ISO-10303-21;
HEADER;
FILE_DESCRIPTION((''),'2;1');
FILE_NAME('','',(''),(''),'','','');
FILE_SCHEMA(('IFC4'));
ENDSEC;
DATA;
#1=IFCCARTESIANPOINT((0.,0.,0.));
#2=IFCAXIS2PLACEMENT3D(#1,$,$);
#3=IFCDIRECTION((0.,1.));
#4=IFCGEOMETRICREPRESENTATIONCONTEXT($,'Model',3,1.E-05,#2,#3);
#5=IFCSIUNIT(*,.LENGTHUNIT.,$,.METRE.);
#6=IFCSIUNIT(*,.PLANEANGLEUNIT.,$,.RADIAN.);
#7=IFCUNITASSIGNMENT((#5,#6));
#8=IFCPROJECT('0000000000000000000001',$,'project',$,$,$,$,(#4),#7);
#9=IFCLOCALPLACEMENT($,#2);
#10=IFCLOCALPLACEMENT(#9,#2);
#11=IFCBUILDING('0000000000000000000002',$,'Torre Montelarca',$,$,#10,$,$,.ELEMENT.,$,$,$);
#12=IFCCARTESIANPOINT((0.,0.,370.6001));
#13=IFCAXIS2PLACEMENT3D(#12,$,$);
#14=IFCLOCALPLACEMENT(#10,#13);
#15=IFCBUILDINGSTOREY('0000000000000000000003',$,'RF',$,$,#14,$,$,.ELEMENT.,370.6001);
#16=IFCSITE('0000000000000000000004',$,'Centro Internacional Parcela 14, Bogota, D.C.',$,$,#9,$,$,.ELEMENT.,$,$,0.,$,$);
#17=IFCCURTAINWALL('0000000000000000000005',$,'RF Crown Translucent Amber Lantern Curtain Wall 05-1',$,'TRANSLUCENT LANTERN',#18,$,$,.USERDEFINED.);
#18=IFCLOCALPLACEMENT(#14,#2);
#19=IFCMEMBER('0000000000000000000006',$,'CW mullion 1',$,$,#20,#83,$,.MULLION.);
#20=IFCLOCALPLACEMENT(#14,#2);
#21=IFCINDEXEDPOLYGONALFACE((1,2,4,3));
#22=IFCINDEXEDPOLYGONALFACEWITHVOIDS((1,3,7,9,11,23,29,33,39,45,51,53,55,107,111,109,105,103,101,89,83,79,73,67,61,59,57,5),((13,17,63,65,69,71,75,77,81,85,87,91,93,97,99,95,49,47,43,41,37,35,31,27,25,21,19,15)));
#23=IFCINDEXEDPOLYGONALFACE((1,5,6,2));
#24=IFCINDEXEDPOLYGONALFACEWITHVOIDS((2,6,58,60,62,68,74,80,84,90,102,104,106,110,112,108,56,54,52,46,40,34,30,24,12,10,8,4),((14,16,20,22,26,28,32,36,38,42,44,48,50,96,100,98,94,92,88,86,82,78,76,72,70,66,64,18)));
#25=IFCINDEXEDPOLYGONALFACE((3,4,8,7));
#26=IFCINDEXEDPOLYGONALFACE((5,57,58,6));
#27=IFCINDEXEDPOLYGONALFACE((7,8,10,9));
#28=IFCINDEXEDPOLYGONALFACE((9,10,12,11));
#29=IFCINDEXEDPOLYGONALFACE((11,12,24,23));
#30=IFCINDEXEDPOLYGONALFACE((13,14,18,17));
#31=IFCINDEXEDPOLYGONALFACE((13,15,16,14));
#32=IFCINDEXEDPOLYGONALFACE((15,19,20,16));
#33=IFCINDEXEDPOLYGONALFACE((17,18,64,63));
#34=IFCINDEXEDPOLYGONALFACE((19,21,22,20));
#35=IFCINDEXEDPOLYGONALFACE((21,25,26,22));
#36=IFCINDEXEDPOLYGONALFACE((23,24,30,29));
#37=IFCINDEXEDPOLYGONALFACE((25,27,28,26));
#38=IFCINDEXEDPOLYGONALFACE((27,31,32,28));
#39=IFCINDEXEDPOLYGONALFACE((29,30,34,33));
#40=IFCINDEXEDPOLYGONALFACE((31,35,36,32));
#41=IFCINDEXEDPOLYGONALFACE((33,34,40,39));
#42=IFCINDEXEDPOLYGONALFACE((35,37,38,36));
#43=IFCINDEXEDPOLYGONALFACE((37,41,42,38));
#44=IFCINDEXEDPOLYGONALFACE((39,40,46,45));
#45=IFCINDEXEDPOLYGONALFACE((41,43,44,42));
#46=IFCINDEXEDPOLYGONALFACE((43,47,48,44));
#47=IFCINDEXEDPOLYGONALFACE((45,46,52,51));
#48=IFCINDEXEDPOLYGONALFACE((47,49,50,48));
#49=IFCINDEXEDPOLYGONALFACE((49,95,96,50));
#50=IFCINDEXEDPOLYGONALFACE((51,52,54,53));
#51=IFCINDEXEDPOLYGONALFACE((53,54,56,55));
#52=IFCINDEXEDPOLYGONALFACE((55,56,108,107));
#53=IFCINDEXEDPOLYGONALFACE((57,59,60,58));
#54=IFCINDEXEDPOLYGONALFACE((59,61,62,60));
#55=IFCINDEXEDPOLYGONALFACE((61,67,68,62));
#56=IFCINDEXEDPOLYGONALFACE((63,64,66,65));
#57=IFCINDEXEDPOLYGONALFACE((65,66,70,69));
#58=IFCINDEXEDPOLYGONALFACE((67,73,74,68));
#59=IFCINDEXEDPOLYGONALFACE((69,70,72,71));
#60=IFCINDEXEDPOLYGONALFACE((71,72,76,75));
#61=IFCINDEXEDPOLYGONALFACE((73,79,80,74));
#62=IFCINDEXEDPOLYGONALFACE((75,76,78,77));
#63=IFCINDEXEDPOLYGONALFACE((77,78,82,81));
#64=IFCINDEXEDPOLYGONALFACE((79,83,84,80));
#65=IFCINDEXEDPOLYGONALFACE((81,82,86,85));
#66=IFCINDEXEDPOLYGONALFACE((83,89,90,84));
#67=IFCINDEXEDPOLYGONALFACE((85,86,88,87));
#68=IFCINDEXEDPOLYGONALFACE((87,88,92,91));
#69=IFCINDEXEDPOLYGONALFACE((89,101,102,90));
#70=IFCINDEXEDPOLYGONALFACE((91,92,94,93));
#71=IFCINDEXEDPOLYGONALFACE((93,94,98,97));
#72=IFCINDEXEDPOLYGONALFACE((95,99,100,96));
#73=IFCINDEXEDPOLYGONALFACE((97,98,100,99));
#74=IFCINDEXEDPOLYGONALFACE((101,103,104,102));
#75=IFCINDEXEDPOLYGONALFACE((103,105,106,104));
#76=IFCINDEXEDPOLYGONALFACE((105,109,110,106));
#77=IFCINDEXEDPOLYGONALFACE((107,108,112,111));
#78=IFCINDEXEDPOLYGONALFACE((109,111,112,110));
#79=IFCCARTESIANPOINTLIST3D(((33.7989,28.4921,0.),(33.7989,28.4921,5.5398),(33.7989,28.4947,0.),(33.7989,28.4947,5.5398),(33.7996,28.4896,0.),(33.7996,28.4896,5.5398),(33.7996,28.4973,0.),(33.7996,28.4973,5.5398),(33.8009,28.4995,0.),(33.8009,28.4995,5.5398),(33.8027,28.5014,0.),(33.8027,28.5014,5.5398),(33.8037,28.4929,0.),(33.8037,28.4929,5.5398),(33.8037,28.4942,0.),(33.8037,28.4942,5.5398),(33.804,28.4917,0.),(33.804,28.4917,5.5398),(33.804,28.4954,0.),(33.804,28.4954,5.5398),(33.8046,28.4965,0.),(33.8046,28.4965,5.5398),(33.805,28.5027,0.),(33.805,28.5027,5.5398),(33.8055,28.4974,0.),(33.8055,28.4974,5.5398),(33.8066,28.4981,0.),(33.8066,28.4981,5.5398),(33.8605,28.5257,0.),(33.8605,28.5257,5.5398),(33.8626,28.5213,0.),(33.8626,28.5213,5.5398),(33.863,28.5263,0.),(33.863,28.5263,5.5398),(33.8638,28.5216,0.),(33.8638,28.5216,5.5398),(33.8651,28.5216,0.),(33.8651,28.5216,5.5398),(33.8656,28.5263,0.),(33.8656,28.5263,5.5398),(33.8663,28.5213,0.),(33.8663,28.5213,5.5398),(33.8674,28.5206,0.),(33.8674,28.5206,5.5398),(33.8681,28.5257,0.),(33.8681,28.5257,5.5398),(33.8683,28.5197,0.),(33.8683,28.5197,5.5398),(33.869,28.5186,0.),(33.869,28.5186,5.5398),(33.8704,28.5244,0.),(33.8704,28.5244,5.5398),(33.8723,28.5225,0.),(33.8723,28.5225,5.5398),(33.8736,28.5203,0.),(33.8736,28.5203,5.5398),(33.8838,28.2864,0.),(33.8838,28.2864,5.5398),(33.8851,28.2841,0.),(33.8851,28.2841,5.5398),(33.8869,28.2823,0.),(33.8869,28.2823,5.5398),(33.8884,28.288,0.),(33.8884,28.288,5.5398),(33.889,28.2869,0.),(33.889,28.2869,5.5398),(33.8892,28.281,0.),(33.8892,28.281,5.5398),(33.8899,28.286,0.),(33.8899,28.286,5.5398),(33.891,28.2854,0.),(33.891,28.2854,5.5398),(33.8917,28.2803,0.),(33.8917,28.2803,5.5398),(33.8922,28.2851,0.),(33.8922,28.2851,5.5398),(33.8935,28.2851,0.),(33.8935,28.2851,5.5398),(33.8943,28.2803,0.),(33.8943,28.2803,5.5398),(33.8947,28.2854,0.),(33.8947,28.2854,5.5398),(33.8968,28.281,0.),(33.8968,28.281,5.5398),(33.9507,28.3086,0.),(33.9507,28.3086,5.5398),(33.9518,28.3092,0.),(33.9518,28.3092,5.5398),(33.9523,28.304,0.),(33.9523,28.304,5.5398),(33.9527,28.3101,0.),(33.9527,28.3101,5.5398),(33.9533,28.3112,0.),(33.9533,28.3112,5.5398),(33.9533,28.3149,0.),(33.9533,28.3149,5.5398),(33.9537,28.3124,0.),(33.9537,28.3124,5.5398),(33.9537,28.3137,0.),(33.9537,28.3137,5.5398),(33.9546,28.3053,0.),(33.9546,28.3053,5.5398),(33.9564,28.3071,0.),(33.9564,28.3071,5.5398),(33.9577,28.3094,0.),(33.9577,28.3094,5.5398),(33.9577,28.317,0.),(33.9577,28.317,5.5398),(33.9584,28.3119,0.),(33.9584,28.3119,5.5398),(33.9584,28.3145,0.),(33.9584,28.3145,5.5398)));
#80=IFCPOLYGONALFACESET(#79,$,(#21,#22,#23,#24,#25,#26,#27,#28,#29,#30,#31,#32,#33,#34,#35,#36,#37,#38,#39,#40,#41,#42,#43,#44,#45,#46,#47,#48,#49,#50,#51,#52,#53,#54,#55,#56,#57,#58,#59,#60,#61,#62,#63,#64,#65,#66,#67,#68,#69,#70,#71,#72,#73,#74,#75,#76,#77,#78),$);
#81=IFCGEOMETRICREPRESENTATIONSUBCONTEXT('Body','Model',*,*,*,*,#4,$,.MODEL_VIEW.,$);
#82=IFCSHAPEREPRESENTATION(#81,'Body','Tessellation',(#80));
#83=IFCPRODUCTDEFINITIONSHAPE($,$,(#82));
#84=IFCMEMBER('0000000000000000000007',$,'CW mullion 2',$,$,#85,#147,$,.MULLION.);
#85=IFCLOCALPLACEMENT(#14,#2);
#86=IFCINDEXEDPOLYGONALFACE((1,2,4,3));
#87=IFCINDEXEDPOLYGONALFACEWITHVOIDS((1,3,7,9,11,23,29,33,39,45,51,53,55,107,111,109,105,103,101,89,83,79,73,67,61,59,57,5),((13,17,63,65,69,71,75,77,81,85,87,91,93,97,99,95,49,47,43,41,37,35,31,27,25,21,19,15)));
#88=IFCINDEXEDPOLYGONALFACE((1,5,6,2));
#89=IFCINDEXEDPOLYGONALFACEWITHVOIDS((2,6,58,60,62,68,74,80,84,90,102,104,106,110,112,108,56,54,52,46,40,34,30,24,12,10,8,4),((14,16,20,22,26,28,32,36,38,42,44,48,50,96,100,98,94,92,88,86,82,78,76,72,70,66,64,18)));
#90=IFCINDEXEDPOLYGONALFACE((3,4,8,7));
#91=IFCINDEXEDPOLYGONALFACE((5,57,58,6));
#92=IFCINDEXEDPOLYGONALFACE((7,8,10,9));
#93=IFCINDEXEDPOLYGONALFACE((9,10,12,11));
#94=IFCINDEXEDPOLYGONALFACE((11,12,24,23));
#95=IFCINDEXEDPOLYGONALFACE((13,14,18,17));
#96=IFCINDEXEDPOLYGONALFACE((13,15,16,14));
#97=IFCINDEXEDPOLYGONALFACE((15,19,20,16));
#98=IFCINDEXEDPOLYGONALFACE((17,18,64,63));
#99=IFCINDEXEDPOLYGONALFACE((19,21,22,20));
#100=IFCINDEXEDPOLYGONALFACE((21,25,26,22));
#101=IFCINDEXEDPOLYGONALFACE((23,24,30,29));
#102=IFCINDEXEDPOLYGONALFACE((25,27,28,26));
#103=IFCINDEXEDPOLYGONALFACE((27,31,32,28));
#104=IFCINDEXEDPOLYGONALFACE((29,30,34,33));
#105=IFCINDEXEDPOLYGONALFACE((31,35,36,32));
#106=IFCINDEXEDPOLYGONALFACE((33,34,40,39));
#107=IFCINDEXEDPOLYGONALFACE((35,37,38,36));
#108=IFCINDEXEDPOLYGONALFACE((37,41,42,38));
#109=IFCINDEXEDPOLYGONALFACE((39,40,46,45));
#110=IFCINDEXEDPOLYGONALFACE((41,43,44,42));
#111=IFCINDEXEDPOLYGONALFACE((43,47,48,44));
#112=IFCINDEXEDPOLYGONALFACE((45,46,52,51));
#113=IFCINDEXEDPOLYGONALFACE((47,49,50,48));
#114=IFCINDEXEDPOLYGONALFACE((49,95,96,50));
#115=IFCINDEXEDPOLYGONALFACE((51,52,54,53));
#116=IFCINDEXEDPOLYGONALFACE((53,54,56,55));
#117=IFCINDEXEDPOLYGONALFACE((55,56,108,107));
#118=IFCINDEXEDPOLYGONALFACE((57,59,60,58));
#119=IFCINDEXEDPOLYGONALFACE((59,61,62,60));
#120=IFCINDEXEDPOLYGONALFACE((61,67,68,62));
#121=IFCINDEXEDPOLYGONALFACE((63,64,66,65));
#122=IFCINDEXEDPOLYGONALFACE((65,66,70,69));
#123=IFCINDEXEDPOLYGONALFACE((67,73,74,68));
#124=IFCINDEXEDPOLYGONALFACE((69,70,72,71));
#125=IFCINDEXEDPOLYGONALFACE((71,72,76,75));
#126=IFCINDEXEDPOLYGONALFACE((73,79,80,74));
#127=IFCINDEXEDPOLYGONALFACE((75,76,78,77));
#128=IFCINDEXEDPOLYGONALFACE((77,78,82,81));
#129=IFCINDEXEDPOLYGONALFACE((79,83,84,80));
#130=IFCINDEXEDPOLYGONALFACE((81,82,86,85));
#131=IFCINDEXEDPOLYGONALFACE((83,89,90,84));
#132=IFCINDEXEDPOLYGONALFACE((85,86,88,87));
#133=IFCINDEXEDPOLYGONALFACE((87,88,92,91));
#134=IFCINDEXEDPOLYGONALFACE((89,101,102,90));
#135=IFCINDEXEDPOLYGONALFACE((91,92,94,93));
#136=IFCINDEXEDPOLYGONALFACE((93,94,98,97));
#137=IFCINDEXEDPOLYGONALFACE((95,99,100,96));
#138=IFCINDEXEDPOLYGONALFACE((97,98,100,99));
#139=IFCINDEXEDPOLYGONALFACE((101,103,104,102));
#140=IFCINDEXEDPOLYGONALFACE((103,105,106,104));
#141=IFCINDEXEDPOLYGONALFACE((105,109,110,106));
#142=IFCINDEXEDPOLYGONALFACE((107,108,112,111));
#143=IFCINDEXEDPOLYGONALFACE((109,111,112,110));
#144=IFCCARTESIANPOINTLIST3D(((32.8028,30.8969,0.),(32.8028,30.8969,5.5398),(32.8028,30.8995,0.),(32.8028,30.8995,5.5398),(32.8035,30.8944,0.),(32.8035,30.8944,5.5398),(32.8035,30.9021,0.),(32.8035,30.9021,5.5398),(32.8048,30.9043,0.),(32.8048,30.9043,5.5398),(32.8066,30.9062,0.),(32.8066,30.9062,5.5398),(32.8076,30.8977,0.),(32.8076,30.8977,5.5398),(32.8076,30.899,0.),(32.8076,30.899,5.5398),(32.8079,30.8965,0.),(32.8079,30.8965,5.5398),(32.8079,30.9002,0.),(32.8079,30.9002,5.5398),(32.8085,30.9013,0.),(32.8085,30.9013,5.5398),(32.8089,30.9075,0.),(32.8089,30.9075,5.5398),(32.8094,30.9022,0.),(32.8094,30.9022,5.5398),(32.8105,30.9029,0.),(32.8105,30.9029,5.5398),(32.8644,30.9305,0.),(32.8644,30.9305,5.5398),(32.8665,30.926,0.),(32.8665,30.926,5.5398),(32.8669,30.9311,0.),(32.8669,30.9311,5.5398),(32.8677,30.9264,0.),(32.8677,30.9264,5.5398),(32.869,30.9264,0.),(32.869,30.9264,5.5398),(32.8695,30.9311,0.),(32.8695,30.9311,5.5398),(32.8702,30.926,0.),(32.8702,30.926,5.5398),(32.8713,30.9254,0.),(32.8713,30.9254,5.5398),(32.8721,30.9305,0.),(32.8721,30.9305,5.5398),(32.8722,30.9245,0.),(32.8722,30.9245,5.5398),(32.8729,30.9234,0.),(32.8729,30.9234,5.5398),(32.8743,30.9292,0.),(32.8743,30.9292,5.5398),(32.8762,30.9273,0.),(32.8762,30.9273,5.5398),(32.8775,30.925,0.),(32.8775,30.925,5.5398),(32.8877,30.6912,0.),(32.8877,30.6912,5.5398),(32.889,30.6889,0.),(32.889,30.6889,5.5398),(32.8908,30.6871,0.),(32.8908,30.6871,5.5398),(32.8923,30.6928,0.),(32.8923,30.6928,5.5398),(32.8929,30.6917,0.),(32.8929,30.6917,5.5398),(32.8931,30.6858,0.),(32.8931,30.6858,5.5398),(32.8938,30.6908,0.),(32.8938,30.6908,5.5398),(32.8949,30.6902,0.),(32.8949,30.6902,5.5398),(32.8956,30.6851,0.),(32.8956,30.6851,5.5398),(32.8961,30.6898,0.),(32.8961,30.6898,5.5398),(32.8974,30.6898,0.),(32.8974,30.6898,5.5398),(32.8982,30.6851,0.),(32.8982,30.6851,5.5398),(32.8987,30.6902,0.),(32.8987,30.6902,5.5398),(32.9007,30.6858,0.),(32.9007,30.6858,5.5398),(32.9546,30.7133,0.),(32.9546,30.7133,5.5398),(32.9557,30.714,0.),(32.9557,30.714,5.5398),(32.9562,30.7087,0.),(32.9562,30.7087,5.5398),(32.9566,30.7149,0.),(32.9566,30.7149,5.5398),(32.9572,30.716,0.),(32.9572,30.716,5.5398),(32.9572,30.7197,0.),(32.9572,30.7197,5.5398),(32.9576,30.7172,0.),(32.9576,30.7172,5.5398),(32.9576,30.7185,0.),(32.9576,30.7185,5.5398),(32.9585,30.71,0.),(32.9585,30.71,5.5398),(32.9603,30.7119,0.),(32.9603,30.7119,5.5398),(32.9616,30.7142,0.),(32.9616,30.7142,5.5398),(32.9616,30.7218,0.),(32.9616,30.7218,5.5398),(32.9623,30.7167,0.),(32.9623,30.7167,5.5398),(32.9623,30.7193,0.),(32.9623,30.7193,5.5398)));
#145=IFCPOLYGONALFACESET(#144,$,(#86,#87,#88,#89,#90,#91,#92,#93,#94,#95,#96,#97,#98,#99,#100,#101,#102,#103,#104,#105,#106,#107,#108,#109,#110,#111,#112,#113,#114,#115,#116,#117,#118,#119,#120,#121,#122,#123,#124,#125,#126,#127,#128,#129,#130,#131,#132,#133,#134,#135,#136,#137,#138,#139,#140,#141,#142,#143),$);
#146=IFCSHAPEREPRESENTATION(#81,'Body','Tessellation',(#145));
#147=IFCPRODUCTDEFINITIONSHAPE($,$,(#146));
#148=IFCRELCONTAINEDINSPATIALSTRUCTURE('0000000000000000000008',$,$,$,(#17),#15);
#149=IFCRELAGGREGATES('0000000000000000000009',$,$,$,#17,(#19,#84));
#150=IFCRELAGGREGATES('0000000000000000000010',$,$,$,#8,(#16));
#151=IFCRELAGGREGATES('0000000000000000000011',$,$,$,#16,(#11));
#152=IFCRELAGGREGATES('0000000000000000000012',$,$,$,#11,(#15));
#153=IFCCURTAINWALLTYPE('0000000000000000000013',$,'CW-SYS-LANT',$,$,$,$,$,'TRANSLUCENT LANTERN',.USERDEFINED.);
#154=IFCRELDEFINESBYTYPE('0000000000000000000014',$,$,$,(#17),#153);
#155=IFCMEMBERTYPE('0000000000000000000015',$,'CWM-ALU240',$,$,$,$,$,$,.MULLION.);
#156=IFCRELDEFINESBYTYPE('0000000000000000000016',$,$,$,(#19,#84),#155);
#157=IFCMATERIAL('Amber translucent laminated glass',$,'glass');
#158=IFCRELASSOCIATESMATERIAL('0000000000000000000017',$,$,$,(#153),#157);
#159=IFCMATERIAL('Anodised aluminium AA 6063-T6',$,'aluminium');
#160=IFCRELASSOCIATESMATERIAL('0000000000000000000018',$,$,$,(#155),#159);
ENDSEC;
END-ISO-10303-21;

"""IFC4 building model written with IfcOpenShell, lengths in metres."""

from ifc_helpers import new_model, si_unit, direction, frame, origin, origin_2d, place, context, subcontext, project, spatial, hollow_rectangle, extrude, source, transform, mapped, material, material_profile, profile_set, type_object, element, aggregate, save


model = new_model("IFC4")

# Units and contexts
model_context = context("Model", 3, precision=1e-05, world=origin(), true_north=direction((0.0, 1.0)))
body_context = subcontext(model_context, "Body", "Model", "MODEL_VIEW")
ifc_project = project(units=[si_unit("LENGTHUNIT", "METRE"), si_unit("PLANEANGLEUNIT", "RADIAN")], contexts=[model_context])

# Site, building, storey
site_placement = place(None, origin())
site = spatial("IfcSite", under=ifc_project, at=site_placement, Name="Centro Internacional Parcela 14, Bogota, D.C.", CompositionType="ELEMENT", RefElevation=0.0)
building_placement = place(site_placement, origin())
building = spatial("IfcBuilding", under=site, at=building_placement, Name="Torre Montelarca", CompositionType="ELEMENT")
storey_placement = place(building_placement, frame((0.0, 0.0, 370.6001)))
storey = spatial("IfcBuildingStorey", under=building, at=storey_placement, Name="RF", CompositionType="ELEMENT", Elevation=370.6001)

# Curtain wall, members
ifc_material_1 = material(Name="Amber translucent laminated glass", Category="glass")
curtain_wall_type = type_object("IfcCurtainWallType", Name="CW-SYS-LANT", ElementType="TRANSLUCENT LANTERN", PredefinedType="USERDEFINED", material=ifc_material_1)
ifc_material_2 = material(Name="Anodised aluminium AA 6063-T6", Category="aluminium")
ifc_material_profile_1 = material_profile(ifc_material_2, hollow_rectangle(XDim=0.0801, YDim=0.24, WallThickness=0.0049, InnerFilletRadius=0.0049, OuterFilletRadius=0.01, at=origin_2d()), Name="ALU80X240X5", Category="aluminium")
ifc_profile_set_1 = profile_set([ifc_material_profile_1], Name="Anodised aluminium AA 6063-T6")
member_type_1 = type_object("IfcMemberType", Name="CWM-ALU240", PredefinedType="MULLION", material=ifc_profile_set_1)
shared_shape_1 = source(origin(), body_context, "Body", "SweptSolid", [
    extrude(hollow_rectangle(XDim=0.0801, YDim=0.24, WallThickness=0.0049, InnerFilletRadius=0.0049, OuterFilletRadius=0.01, at=origin_2d()), origin(), (0.0, 0.0, 1.0), 5.5398),
])
curtain_wall_1_placement = place(storey_placement, origin())
curtain_wall_1 = element("IfcCurtainWall", 1, at=curtain_wall_1_placement, inside=storey, type_object=curtain_wall_type, Name="RF Crown Translucent Amber Lantern Curtain Wall 05-1", ObjectType="TRANSLUCENT LANTERN", PredefinedType="USERDEFINED")
member_1_placement = place(storey_placement, frame((33.8787, 28.4033, 0.0), z_axis=(0.0, 0.0, 1.0), x_axis=(-0.923878, -0.382687, 0.0)))
member_1 = element("IfcMember", 2, at=member_1_placement, type_object=member_type_1, Name="CW mullion 1", PredefinedType="MULLION", context=body_context, shape_type="MappedRepresentation", body=[
    mapped(shared_shape_1, transform((0.0, 0.0, 0.0), scale=1.0)),
])
member_2_placement = place(storey_placement, frame((32.8826, 30.8081, 0.0), z_axis=(0.0, 0.0, 1.0), x_axis=(-0.923878, -0.382687, 0.0)))
member_2 = element("IfcMember", 3, at=member_2_placement, type_object=member_type_1, Name="CW mullion 2", PredefinedType="MULLION", context=body_context, shape_type="MappedRepresentation", body=[
    mapped(shared_shape_1, transform((0.0, 0.0, 0.0), scale=1.0)),
])

aggregate(curtain_wall_1, [member_1, member_2])

save(model, "model.ifc")
